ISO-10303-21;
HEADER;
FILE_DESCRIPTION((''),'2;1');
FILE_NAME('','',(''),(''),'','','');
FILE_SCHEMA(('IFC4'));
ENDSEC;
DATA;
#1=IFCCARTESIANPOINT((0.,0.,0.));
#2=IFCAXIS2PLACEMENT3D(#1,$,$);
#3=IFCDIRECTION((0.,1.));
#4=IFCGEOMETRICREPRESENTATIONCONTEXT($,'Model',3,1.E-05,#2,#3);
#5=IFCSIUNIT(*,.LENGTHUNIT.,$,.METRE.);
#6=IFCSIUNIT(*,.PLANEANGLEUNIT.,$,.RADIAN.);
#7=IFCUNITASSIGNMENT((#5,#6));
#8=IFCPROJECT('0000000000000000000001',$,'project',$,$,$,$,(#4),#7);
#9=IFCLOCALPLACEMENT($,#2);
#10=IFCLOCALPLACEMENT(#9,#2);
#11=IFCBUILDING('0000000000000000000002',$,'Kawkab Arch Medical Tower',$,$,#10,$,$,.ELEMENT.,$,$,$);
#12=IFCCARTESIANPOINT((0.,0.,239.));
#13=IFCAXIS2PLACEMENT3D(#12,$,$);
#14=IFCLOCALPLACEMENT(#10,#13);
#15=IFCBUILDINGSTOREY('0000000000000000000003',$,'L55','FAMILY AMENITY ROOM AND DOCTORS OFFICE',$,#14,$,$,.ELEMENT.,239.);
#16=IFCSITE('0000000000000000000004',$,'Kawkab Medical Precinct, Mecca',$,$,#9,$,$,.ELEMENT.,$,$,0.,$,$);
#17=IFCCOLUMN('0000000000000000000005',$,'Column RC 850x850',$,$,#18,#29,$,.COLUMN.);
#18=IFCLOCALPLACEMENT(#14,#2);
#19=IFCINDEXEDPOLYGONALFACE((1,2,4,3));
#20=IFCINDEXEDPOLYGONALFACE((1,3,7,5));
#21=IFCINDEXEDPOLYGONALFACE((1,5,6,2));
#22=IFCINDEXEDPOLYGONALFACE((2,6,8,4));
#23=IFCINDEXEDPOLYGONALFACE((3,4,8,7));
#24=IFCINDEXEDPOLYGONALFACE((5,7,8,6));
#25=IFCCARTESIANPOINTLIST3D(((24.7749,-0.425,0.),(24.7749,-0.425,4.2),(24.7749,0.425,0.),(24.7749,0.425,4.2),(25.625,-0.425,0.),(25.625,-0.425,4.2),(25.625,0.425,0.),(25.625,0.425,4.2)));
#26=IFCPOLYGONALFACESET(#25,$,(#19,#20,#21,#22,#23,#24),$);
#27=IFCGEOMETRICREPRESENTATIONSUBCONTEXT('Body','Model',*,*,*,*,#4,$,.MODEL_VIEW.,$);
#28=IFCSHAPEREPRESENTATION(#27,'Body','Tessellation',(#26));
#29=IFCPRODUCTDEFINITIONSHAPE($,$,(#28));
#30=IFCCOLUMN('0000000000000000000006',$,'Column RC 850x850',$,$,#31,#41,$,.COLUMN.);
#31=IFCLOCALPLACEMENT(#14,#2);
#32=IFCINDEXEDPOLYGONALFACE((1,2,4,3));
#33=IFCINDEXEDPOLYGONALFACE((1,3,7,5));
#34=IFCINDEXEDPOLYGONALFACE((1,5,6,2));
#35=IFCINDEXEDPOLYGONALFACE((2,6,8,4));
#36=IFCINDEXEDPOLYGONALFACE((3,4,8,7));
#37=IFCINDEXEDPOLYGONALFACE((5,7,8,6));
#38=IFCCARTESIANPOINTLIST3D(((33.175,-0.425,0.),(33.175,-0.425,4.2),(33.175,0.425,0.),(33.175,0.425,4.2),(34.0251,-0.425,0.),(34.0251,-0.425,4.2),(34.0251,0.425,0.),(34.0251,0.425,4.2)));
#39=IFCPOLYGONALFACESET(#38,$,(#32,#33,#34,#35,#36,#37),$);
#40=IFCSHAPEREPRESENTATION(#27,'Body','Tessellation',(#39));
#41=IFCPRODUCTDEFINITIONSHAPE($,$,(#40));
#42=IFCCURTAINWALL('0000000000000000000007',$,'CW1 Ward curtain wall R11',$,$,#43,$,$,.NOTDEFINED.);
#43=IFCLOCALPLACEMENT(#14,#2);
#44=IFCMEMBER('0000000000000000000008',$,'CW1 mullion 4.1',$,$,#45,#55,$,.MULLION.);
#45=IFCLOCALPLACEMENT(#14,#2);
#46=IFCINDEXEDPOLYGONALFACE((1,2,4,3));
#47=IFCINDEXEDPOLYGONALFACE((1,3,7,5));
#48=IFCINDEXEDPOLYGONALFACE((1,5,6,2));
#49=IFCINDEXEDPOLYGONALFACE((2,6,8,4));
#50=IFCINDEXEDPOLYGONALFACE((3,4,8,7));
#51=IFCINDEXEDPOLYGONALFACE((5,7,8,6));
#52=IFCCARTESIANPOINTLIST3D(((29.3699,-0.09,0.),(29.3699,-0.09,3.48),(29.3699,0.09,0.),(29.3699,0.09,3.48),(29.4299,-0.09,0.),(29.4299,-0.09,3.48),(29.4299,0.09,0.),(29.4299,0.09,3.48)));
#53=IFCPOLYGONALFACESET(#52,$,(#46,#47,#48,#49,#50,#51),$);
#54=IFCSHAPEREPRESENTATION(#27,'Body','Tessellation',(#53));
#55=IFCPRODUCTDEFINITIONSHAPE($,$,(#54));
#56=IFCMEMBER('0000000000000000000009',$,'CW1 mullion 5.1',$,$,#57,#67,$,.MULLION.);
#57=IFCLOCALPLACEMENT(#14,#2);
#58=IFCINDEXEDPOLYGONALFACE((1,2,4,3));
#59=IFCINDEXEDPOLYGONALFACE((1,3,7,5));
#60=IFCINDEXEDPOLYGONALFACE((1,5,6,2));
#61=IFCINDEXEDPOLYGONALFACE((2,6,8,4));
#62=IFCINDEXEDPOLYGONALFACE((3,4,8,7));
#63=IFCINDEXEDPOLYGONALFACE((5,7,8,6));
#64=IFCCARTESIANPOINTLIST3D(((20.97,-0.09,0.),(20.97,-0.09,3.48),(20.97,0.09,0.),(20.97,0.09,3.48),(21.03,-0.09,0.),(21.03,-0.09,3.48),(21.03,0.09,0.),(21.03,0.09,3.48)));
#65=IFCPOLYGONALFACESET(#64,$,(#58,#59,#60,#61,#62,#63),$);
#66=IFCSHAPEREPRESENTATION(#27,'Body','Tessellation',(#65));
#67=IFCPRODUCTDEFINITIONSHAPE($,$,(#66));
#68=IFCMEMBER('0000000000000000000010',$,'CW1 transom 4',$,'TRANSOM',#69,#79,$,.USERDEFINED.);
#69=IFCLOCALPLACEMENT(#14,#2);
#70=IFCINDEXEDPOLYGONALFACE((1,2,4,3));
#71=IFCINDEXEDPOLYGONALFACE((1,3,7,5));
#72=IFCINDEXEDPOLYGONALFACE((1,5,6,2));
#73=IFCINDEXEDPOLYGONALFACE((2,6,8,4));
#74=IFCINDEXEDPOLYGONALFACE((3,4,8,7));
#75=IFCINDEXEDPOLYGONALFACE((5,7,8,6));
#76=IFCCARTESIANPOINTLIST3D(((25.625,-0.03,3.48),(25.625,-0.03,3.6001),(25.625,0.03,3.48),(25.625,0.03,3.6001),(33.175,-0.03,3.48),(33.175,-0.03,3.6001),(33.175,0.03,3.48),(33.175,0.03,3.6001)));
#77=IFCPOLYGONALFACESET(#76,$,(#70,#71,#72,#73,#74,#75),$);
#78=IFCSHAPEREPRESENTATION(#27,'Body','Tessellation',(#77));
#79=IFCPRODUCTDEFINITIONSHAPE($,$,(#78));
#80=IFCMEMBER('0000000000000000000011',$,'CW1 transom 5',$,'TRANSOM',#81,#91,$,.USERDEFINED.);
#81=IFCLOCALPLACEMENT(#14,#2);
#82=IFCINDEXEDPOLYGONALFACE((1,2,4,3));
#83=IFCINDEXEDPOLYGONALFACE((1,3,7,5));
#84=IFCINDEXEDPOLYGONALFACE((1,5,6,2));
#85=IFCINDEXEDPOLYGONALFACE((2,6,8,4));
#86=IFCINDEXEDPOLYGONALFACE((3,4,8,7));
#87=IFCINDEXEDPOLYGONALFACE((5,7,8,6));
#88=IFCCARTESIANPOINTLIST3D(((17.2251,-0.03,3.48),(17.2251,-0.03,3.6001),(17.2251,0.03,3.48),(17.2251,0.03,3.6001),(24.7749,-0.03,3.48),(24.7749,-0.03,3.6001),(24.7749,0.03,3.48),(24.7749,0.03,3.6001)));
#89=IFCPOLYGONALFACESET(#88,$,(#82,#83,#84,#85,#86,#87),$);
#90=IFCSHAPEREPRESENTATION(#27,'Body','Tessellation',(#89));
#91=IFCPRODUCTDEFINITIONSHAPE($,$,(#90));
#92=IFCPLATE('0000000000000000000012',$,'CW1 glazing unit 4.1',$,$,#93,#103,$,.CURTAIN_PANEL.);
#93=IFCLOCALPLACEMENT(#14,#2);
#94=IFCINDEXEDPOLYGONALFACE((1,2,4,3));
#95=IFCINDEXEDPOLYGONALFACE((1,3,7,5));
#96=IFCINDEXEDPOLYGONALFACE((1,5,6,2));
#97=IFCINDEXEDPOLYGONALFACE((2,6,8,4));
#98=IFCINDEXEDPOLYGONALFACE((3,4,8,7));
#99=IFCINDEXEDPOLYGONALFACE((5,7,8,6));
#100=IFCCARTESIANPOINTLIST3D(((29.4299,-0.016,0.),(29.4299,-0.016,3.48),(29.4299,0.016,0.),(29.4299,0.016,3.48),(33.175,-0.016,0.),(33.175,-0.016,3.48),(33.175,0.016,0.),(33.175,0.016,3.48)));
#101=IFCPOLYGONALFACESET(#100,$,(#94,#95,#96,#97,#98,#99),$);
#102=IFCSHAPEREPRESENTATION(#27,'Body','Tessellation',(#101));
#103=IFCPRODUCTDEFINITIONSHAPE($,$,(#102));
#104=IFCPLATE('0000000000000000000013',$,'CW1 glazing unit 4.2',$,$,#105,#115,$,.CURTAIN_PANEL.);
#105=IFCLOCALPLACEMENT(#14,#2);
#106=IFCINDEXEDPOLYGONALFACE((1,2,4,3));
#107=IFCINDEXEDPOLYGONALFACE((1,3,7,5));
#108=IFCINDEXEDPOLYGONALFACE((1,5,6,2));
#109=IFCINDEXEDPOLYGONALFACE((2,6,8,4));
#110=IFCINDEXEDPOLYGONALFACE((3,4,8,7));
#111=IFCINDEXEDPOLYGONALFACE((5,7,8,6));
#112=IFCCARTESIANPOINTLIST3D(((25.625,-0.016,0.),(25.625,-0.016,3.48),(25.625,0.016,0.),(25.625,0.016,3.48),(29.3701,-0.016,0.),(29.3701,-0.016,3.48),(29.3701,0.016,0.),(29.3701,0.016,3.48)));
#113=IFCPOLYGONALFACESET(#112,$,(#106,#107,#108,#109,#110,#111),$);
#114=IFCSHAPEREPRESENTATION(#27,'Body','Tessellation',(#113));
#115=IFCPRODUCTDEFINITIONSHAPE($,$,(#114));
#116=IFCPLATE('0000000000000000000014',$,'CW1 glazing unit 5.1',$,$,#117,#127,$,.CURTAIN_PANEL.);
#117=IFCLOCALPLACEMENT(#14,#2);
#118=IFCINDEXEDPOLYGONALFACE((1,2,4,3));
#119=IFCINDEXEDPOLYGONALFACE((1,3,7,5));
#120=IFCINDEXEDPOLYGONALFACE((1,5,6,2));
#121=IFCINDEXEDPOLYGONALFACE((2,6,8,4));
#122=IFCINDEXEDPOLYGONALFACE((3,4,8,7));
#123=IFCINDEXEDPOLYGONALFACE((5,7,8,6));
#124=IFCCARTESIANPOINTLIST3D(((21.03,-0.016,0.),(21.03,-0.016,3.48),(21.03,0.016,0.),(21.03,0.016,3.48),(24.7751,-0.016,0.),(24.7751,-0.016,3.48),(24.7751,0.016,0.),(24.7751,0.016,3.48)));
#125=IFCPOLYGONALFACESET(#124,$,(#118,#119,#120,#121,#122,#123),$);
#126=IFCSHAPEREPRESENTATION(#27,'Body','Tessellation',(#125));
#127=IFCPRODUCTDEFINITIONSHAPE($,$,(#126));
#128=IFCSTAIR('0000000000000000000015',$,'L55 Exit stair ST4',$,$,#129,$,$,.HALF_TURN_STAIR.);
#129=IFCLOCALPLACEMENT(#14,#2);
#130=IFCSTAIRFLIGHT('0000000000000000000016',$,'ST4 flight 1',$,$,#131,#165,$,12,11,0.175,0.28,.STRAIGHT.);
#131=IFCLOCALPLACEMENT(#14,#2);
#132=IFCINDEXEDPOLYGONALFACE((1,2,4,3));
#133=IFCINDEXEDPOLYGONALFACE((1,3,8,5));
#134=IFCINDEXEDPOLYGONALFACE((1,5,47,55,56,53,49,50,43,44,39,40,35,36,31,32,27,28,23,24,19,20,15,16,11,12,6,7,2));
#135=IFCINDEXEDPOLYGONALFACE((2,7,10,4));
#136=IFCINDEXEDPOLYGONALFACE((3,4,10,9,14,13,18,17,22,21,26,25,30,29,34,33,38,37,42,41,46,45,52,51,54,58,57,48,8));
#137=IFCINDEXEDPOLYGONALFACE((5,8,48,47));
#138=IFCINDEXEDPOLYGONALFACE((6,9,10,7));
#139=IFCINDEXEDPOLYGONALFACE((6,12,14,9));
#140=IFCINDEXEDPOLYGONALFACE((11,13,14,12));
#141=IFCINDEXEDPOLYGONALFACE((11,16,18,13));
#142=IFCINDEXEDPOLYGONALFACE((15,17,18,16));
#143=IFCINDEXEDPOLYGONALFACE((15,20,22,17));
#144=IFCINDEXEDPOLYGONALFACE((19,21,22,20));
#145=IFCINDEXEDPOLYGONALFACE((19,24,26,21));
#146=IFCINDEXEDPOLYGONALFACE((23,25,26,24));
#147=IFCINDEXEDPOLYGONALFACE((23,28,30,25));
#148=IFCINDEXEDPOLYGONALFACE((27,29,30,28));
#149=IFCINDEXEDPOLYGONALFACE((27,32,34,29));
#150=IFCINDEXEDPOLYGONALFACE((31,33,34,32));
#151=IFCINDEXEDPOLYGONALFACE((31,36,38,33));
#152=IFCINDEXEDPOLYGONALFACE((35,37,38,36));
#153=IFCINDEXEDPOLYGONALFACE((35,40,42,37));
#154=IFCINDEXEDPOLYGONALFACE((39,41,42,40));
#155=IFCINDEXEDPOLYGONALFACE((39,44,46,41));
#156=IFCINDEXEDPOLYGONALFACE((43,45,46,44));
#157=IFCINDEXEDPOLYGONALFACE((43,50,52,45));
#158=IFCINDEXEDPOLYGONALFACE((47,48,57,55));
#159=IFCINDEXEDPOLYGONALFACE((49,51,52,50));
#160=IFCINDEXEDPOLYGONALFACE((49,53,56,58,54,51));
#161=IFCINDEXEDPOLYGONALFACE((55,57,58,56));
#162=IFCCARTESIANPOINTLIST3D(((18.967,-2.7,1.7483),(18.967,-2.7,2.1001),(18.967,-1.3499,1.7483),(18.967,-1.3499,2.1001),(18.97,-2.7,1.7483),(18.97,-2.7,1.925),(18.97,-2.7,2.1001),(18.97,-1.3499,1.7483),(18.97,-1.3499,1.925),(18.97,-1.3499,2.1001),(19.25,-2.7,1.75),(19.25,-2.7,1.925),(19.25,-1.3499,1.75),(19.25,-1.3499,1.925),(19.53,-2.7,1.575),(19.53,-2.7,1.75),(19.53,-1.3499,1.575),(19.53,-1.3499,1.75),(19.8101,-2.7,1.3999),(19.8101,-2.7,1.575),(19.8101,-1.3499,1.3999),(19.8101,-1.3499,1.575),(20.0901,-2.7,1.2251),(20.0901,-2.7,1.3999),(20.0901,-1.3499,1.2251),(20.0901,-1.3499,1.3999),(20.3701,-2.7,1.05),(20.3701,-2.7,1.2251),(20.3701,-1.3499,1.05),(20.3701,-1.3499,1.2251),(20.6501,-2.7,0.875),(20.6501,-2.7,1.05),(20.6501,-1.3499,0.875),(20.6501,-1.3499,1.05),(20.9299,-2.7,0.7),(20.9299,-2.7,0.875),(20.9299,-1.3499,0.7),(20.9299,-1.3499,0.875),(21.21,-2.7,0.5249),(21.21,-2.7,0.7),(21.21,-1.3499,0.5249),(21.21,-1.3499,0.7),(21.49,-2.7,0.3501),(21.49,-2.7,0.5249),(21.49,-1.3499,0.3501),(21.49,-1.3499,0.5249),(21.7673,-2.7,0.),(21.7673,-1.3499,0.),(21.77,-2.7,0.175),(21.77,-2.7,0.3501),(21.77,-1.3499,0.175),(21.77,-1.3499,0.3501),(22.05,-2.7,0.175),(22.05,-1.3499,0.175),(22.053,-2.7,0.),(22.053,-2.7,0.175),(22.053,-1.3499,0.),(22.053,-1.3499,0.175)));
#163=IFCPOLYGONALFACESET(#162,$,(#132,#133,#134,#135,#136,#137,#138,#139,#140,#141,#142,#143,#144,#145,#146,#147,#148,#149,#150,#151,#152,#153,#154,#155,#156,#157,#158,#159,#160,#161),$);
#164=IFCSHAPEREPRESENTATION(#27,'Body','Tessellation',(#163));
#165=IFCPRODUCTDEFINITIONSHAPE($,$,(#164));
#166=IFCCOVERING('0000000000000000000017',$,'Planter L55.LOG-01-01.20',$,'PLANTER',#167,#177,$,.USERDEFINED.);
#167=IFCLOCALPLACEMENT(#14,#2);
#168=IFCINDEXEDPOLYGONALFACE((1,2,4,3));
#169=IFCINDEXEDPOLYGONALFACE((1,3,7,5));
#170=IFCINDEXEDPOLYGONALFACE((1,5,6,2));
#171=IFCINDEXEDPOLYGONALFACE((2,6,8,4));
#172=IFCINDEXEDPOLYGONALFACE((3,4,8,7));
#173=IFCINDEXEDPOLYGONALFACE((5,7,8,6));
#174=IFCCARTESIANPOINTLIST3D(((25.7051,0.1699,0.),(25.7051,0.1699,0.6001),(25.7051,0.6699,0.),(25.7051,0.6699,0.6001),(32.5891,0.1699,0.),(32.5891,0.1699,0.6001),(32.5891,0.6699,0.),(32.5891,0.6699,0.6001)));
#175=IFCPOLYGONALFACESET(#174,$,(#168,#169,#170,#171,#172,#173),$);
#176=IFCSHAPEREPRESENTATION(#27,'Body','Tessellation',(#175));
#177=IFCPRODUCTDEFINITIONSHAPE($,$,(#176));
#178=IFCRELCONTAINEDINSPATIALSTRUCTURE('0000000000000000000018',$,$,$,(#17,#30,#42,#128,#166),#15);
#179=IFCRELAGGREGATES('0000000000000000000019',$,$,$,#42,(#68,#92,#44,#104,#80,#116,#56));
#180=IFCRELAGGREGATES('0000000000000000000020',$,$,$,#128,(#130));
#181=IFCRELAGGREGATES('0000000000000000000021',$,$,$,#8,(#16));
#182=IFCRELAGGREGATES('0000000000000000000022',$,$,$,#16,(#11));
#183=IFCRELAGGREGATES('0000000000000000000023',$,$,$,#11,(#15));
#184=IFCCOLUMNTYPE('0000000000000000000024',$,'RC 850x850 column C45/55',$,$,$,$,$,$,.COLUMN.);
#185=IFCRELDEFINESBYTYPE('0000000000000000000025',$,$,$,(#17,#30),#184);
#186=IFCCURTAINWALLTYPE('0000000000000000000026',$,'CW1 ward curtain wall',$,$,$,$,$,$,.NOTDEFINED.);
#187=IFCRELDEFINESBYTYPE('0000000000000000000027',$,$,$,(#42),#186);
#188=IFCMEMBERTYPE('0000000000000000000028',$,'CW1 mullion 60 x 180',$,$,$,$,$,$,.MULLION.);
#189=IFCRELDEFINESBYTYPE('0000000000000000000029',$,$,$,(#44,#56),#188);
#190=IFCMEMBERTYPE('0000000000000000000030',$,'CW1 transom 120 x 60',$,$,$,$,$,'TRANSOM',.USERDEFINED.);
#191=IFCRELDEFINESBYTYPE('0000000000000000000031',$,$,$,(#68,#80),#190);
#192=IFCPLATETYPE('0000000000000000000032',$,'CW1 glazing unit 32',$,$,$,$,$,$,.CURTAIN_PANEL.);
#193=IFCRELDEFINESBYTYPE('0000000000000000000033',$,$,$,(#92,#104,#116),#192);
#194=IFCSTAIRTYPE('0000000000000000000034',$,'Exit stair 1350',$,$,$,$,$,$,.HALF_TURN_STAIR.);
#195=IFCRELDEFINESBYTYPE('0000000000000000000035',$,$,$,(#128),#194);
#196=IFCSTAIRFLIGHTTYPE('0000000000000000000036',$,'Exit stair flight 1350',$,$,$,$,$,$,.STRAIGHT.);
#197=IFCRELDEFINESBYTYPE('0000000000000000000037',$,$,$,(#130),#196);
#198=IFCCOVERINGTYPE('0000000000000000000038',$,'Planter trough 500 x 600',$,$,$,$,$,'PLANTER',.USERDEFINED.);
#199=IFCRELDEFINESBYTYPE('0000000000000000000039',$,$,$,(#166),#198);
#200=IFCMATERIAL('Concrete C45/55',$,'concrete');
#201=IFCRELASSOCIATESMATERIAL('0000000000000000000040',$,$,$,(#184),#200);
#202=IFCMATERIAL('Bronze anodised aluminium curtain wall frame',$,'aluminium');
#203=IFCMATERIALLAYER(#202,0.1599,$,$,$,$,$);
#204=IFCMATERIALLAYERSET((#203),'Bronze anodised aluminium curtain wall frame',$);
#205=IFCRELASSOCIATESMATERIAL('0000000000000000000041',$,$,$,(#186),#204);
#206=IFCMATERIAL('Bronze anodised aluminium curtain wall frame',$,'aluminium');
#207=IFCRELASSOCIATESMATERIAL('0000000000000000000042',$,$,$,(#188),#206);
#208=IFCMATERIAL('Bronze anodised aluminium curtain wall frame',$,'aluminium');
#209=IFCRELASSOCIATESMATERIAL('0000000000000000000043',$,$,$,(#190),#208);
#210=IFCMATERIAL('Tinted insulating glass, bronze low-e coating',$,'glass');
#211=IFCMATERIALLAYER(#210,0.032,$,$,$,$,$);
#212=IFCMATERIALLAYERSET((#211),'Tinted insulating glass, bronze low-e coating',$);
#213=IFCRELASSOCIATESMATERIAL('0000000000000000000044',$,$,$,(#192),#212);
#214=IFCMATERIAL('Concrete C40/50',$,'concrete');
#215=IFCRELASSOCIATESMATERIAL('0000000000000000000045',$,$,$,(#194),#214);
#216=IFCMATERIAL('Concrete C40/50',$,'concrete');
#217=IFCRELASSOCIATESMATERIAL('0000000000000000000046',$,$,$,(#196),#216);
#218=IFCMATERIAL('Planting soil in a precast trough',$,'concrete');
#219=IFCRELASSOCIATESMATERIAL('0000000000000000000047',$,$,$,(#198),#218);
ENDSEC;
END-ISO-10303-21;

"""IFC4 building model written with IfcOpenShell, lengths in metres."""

from ifc_helpers import new_model, si_unit, direction, frame, origin, origin_2d, place, context, subcontext, project, spatial, polyline, rectangle, outline, extrude, material, layer, layer_set, material_profile, profile_set, type_object, element, aggregate, save


model = new_model("IFC4")

# Units and contexts
model_context = context("Model", 3, precision=1e-05, world=origin(), true_north=direction((0.0, 1.0)))
body_context = subcontext(model_context, "Body", "Model", "MODEL_VIEW")
ifc_project = project(units=[si_unit("LENGTHUNIT", "METRE"), si_unit("PLANEANGLEUNIT", "RADIAN")], contexts=[model_context])

# Site, building, storey
site_placement = place(None, origin())
site = spatial("IfcSite", under=ifc_project, at=site_placement, Name="Kawkab Medical Precinct, Mecca", CompositionType="ELEMENT", RefElevation=0.0)
building_placement = place(site_placement, origin())
building = spatial("IfcBuilding", under=site, at=building_placement, Name="Kawkab Arch Medical Tower", CompositionType="ELEMENT")
storey_placement = place(building_placement, frame((0.0, 0.0, 239.0)))
storey = spatial("IfcBuildingStorey", under=building, at=storey_placement, Name="L55", Description="FAMILY AMENITY ROOM AND DOCTORS OFFICE", CompositionType="ELEMENT", Elevation=239.0)

# Columns
ifc_material_1 = material(Name="Concrete C45/55", Category="concrete")
ifc_material_profile_1 = material_profile(ifc_material_1, rectangle(XDim=0.8501, YDim=0.8501, at=origin_2d()), Name="RC 850x850")
ifc_profile_set_1 = profile_set([ifc_material_profile_1], Name="Concrete C45/55")
column_type = type_object("IfcColumnType", Name="RC 850x850 column C45/55", PredefinedType="COLUMN", material=ifc_profile_set_1)
for number, where, z_axis, x_axis, name in (
    (1, (25.2, 0.0, 0.0), (0.0, 0.0, 1.0), (1.0, 0.0, 0.0), "Column RC 850x850"),
    (2, (33.6001, 0.0, 0.0), (0.0, 0.0, 1.0), (1.0, 0.0, 0.0), "Column RC 850x850"),
):
    element("IfcColumn", number, at=place(storey_placement, frame(where, z_axis=z_axis, x_axis=x_axis)), inside=storey, type_object=column_type, Name=name, PredefinedType="COLUMN", context=body_context, shape_type="SweptSolid", body=[
        extrude(rectangle(XDim=0.8501, YDim=0.8501, at=origin_2d()), origin(), (0.0, 0.0, 1.0), 4.2),
    ])

# Curtain wall, members, plates
ifc_material_2 = material(Name="Bronze anodised aluminium curtain wall frame", Category="aluminium")
ifc_layer_1 = layer(ifc_material_2, 0.1599)
ifc_layer_set_1 = layer_set([ifc_layer_1], Name="Bronze anodised aluminium curtain wall frame")
curtain_wall_type = type_object("IfcCurtainWallType", Name="CW1 ward curtain wall", PredefinedType="NOTDEFINED", material=ifc_layer_set_1)
placement = place(storey_placement, origin())
curtain_wall = element("IfcCurtainWall", 3, at=placement, inside=storey, type_object=curtain_wall_type, Name="CW1 Ward curtain wall R11", PredefinedType="NOTDEFINED")
ifc_material_3 = material(Name="Bronze anodised aluminium curtain wall frame", Category="aluminium")
ifc_material_profile_2 = material_profile(ifc_material_3, rectangle(XDim=0.1799, YDim=0.0601, at=origin_2d()), Name="AL 60x180")
ifc_profile_set_2 = profile_set([ifc_material_profile_2], Name="Bronze anodised aluminium curtain wall frame")
member_type_1 = type_object("IfcMemberType", Name="CW1 mullion 60 x 180", PredefinedType="MULLION", material=ifc_profile_set_2)
member_1_placement = place(storey_placement, frame((29.3999, 0.0, 0.0), z_axis=(0.0, 0.0, 1.0), x_axis=(0.0, -1.0, 0.0)))
member_1 = element("IfcMember", 4, at=member_1_placement, type_object=member_type_1, Name="CW1 mullion 4.1", PredefinedType="MULLION", context=body_context, shape_type="SweptSolid", body=[
    extrude(rectangle(XDim=0.1799, YDim=0.0601, at=origin_2d()), origin(), (0.0, 0.0, 1.0), 3.48),
])
member_2_placement = place(storey_placement, frame((21.0, 0.0, 0.0), z_axis=(0.0, 0.0, 1.0), x_axis=(0.0, -1.0, 0.0)))
member_2 = element("IfcMember", 5, at=member_2_placement, type_object=member_type_1, Name="CW1 mullion 5.1", PredefinedType="MULLION", context=body_context, shape_type="SweptSolid", body=[
    extrude(rectangle(XDim=0.1799, YDim=0.0601, at=origin_2d()), origin(), (0.0, 0.0, 1.0), 3.48),
])
ifc_material_4 = material(Name="Bronze anodised aluminium curtain wall frame", Category="aluminium")
ifc_material_profile_3 = material_profile(ifc_material_4, rectangle(XDim=0.0601, YDim=0.1201, at=origin_2d()), Name="AL 60x120")
ifc_profile_set_3 = profile_set([ifc_material_profile_3], Name="Bronze anodised aluminium curtain wall frame")
member_type_2 = type_object("IfcMemberType", Name="CW1 transom 120 x 60", ElementType="TRANSOM", PredefinedType="USERDEFINED", material=ifc_profile_set_3)
member_3_placement = place(storey_placement, frame((33.175, 0.0, 3.54), z_axis=(-1.0, 0.0, 0.0), x_axis=(0.0, -1.0, 0.0)))
member_3 = element("IfcMember", 6, at=member_3_placement, type_object=member_type_2, Name="CW1 transom 4", ObjectType="TRANSOM", PredefinedType="USERDEFINED", context=body_context, shape_type="SweptSolid", body=[
    extrude(rectangle(XDim=0.0601, YDim=0.1201, at=origin_2d()), origin(), (0.0, 0.0, 1.0), 7.55),
])
member_4_placement = place(storey_placement, frame((24.7749, 0.0, 3.54), z_axis=(-1.0, 0.0, 0.0), x_axis=(0.0, -1.0, 0.0)))
member_4 = element("IfcMember", 7, at=member_4_placement, type_object=member_type_2, Name="CW1 transom 5", ObjectType="TRANSOM", PredefinedType="USERDEFINED", context=body_context, shape_type="SweptSolid", body=[
    extrude(rectangle(XDim=0.0601, YDim=0.1201, at=origin_2d()), origin(), (0.0, 0.0, 1.0), 7.5498),
])
ifc_material_5 = material(Name="Tinted insulating glass, bronze low-e coating", Category="glass")
ifc_layer_2 = layer(ifc_material_5, 0.032)
ifc_layer_set_2 = layer_set([ifc_layer_2], Name="Tinted insulating glass, bronze low-e coating")
plate_type = type_object("IfcPlateType", Name="CW1 glazing unit 32", PredefinedType="CURTAIN_PANEL", material=ifc_layer_set_2)
plate_1_placement = place(storey_placement, frame((31.3025, 0.0, 0.0), z_axis=(0.0, 0.0, 1.0), x_axis=(-1.0, 0.0, 0.0)))
plate_1 = element("IfcPlate", 8, at=plate_1_placement, type_object=plate_type, Name="CW1 glazing unit 4.1", PredefinedType="CURTAIN_PANEL", context=body_context, shape_type="SweptSolid", body=[
    extrude(rectangle(XDim=3.7451, YDim=0.032, at=origin_2d()), origin(), (0.0, 0.0, 1.0), 3.48),
])
plate_2_placement = place(storey_placement, frame((27.4976, 0.0, 0.0), z_axis=(0.0, 0.0, 1.0), x_axis=(-1.0, 0.0, 0.0)))
plate_2 = element("IfcPlate", 9, at=plate_2_placement, type_object=plate_type, Name="CW1 glazing unit 4.2", PredefinedType="CURTAIN_PANEL", context=body_context, shape_type="SweptSolid", body=[
    extrude(rectangle(XDim=3.7451, YDim=0.032, at=origin_2d()), origin(), (0.0, 0.0, 1.0), 3.48),
])
plate_3_placement = place(storey_placement, frame((22.9026, 0.0, 0.0), z_axis=(0.0, 0.0, 1.0), x_axis=(-1.0, 0.0, 0.0)))
plate_3 = element("IfcPlate", 10, at=plate_3_placement, type_object=plate_type, Name="CW1 glazing unit 5.1", PredefinedType="CURTAIN_PANEL", context=body_context, shape_type="SweptSolid", body=[
    extrude(rectangle(XDim=3.7451, YDim=0.032, at=origin_2d()), origin(), (0.0, 0.0, 1.0), 3.48),
])
aggregate(curtain_wall, [member_3, plate_1, member_1, plate_2, member_4, plate_3, member_2])

# Stair, stair flight
ifc_material_6 = material(Name="Concrete C40/50", Category="concrete")
stair_type = type_object("IfcStairType", Name="Exit stair 1350", PredefinedType="HALF_TURN_STAIR", material=ifc_material_6)
stair = element("IfcStair", 11, at=placement, inside=storey, type_object=stair_type, Name="L55 Exit stair ST4", PredefinedType="HALF_TURN_STAIR")
ifc_material_7 = material(Name="Concrete C40/50", Category="concrete")
stair_flight_type = type_object("IfcStairFlightType", Name="Exit stair flight 1350", PredefinedType="STRAIGHT", material=ifc_material_7)
stair_flight_placement = place(storey_placement, frame((22.05, -2.0249, 0.0), z_axis=(0.0, 0.0, 1.0), x_axis=(-1.0, 0.0, 0.0)))
stair_flight = element("IfcStairFlight", 12, at=stair_flight_placement, type_object=stair_flight_type, Name="ST4 flight 1", NumberOfRisers=12, NumberOfTreads=11, PredefinedType="STRAIGHT", RiserHeight=0.175, TreadLength=0.28, context=body_context, shape_type="SweptSolid", body=[
    extrude(outline(polyline([(-0.0029, 0.0), (-0.0029, 0.175), (0.0, 0.175), (0.28, 0.175), (0.28, 0.3501), (0.5601, 0.3501), (0.5601, 0.5249), (0.8401, 0.5249), (0.8401, 0.7), (1.1201, 0.7), (1.1201, 0.875), (1.3999, 0.875), (1.3999, 1.05), (1.6799, 1.05), (1.6799, 1.2251), (1.96, 1.2251), (1.96, 1.3999), (2.24, 1.3999), (2.24, 1.575), (2.52, 1.575), (2.52, 1.75), (2.8, 1.75), (2.8, 1.925), (3.0801, 1.925), (3.0801, 2.1001), (3.083, 2.1001), (3.083, 1.7483), (3.0801, 1.7483), (0.2827, 0.0), (-0.0029, 0.0)])), frame((0.0, 0.675, 0.0), z_axis=(0.0, -1.0, 0.0), x_axis=(1.0, 0.0, 0.0)), (0.0, 0.0, 1.0), 1.3501),
])
aggregate(stair, [stair_flight])

# Covering
ifc_material_8 = material(Name="Planting soil in a precast trough", Category="concrete")
ifc_material_profile_4 = material_profile(ifc_material_8, rectangle(XDim=0.5, YDim=0.6001, at=origin_2d()), Name="Trough 500x600")
ifc_profile_set_4 = profile_set([ifc_material_profile_4], Name="Planting soil in a precast trough")
covering_type = type_object("IfcCoveringType", Name="Planter trough 500 x 600", ElementType="PLANTER", PredefinedType="USERDEFINED", material=ifc_profile_set_4)
covering_1_placement = place(storey_placement, frame((25.7051, 0.4199, 0.3), z_axis=(1.0, 0.0, 0.0), x_axis=(0.0, 1.0, 0.0)))
element("IfcCovering", 13, at=covering_1_placement, inside=storey, type_object=covering_type, Name="Planter L55.LOG-01-01.20", ObjectType="PLANTER", PredefinedType="USERDEFINED", context=body_context, shape_type="SweptSolid", body=[
    extrude(rectangle(XDim=0.5, YDim=0.6001, at=origin_2d()), origin(), (0.0, 0.0, 1.0), 6.884),
])

save(model, "model.ifc")
